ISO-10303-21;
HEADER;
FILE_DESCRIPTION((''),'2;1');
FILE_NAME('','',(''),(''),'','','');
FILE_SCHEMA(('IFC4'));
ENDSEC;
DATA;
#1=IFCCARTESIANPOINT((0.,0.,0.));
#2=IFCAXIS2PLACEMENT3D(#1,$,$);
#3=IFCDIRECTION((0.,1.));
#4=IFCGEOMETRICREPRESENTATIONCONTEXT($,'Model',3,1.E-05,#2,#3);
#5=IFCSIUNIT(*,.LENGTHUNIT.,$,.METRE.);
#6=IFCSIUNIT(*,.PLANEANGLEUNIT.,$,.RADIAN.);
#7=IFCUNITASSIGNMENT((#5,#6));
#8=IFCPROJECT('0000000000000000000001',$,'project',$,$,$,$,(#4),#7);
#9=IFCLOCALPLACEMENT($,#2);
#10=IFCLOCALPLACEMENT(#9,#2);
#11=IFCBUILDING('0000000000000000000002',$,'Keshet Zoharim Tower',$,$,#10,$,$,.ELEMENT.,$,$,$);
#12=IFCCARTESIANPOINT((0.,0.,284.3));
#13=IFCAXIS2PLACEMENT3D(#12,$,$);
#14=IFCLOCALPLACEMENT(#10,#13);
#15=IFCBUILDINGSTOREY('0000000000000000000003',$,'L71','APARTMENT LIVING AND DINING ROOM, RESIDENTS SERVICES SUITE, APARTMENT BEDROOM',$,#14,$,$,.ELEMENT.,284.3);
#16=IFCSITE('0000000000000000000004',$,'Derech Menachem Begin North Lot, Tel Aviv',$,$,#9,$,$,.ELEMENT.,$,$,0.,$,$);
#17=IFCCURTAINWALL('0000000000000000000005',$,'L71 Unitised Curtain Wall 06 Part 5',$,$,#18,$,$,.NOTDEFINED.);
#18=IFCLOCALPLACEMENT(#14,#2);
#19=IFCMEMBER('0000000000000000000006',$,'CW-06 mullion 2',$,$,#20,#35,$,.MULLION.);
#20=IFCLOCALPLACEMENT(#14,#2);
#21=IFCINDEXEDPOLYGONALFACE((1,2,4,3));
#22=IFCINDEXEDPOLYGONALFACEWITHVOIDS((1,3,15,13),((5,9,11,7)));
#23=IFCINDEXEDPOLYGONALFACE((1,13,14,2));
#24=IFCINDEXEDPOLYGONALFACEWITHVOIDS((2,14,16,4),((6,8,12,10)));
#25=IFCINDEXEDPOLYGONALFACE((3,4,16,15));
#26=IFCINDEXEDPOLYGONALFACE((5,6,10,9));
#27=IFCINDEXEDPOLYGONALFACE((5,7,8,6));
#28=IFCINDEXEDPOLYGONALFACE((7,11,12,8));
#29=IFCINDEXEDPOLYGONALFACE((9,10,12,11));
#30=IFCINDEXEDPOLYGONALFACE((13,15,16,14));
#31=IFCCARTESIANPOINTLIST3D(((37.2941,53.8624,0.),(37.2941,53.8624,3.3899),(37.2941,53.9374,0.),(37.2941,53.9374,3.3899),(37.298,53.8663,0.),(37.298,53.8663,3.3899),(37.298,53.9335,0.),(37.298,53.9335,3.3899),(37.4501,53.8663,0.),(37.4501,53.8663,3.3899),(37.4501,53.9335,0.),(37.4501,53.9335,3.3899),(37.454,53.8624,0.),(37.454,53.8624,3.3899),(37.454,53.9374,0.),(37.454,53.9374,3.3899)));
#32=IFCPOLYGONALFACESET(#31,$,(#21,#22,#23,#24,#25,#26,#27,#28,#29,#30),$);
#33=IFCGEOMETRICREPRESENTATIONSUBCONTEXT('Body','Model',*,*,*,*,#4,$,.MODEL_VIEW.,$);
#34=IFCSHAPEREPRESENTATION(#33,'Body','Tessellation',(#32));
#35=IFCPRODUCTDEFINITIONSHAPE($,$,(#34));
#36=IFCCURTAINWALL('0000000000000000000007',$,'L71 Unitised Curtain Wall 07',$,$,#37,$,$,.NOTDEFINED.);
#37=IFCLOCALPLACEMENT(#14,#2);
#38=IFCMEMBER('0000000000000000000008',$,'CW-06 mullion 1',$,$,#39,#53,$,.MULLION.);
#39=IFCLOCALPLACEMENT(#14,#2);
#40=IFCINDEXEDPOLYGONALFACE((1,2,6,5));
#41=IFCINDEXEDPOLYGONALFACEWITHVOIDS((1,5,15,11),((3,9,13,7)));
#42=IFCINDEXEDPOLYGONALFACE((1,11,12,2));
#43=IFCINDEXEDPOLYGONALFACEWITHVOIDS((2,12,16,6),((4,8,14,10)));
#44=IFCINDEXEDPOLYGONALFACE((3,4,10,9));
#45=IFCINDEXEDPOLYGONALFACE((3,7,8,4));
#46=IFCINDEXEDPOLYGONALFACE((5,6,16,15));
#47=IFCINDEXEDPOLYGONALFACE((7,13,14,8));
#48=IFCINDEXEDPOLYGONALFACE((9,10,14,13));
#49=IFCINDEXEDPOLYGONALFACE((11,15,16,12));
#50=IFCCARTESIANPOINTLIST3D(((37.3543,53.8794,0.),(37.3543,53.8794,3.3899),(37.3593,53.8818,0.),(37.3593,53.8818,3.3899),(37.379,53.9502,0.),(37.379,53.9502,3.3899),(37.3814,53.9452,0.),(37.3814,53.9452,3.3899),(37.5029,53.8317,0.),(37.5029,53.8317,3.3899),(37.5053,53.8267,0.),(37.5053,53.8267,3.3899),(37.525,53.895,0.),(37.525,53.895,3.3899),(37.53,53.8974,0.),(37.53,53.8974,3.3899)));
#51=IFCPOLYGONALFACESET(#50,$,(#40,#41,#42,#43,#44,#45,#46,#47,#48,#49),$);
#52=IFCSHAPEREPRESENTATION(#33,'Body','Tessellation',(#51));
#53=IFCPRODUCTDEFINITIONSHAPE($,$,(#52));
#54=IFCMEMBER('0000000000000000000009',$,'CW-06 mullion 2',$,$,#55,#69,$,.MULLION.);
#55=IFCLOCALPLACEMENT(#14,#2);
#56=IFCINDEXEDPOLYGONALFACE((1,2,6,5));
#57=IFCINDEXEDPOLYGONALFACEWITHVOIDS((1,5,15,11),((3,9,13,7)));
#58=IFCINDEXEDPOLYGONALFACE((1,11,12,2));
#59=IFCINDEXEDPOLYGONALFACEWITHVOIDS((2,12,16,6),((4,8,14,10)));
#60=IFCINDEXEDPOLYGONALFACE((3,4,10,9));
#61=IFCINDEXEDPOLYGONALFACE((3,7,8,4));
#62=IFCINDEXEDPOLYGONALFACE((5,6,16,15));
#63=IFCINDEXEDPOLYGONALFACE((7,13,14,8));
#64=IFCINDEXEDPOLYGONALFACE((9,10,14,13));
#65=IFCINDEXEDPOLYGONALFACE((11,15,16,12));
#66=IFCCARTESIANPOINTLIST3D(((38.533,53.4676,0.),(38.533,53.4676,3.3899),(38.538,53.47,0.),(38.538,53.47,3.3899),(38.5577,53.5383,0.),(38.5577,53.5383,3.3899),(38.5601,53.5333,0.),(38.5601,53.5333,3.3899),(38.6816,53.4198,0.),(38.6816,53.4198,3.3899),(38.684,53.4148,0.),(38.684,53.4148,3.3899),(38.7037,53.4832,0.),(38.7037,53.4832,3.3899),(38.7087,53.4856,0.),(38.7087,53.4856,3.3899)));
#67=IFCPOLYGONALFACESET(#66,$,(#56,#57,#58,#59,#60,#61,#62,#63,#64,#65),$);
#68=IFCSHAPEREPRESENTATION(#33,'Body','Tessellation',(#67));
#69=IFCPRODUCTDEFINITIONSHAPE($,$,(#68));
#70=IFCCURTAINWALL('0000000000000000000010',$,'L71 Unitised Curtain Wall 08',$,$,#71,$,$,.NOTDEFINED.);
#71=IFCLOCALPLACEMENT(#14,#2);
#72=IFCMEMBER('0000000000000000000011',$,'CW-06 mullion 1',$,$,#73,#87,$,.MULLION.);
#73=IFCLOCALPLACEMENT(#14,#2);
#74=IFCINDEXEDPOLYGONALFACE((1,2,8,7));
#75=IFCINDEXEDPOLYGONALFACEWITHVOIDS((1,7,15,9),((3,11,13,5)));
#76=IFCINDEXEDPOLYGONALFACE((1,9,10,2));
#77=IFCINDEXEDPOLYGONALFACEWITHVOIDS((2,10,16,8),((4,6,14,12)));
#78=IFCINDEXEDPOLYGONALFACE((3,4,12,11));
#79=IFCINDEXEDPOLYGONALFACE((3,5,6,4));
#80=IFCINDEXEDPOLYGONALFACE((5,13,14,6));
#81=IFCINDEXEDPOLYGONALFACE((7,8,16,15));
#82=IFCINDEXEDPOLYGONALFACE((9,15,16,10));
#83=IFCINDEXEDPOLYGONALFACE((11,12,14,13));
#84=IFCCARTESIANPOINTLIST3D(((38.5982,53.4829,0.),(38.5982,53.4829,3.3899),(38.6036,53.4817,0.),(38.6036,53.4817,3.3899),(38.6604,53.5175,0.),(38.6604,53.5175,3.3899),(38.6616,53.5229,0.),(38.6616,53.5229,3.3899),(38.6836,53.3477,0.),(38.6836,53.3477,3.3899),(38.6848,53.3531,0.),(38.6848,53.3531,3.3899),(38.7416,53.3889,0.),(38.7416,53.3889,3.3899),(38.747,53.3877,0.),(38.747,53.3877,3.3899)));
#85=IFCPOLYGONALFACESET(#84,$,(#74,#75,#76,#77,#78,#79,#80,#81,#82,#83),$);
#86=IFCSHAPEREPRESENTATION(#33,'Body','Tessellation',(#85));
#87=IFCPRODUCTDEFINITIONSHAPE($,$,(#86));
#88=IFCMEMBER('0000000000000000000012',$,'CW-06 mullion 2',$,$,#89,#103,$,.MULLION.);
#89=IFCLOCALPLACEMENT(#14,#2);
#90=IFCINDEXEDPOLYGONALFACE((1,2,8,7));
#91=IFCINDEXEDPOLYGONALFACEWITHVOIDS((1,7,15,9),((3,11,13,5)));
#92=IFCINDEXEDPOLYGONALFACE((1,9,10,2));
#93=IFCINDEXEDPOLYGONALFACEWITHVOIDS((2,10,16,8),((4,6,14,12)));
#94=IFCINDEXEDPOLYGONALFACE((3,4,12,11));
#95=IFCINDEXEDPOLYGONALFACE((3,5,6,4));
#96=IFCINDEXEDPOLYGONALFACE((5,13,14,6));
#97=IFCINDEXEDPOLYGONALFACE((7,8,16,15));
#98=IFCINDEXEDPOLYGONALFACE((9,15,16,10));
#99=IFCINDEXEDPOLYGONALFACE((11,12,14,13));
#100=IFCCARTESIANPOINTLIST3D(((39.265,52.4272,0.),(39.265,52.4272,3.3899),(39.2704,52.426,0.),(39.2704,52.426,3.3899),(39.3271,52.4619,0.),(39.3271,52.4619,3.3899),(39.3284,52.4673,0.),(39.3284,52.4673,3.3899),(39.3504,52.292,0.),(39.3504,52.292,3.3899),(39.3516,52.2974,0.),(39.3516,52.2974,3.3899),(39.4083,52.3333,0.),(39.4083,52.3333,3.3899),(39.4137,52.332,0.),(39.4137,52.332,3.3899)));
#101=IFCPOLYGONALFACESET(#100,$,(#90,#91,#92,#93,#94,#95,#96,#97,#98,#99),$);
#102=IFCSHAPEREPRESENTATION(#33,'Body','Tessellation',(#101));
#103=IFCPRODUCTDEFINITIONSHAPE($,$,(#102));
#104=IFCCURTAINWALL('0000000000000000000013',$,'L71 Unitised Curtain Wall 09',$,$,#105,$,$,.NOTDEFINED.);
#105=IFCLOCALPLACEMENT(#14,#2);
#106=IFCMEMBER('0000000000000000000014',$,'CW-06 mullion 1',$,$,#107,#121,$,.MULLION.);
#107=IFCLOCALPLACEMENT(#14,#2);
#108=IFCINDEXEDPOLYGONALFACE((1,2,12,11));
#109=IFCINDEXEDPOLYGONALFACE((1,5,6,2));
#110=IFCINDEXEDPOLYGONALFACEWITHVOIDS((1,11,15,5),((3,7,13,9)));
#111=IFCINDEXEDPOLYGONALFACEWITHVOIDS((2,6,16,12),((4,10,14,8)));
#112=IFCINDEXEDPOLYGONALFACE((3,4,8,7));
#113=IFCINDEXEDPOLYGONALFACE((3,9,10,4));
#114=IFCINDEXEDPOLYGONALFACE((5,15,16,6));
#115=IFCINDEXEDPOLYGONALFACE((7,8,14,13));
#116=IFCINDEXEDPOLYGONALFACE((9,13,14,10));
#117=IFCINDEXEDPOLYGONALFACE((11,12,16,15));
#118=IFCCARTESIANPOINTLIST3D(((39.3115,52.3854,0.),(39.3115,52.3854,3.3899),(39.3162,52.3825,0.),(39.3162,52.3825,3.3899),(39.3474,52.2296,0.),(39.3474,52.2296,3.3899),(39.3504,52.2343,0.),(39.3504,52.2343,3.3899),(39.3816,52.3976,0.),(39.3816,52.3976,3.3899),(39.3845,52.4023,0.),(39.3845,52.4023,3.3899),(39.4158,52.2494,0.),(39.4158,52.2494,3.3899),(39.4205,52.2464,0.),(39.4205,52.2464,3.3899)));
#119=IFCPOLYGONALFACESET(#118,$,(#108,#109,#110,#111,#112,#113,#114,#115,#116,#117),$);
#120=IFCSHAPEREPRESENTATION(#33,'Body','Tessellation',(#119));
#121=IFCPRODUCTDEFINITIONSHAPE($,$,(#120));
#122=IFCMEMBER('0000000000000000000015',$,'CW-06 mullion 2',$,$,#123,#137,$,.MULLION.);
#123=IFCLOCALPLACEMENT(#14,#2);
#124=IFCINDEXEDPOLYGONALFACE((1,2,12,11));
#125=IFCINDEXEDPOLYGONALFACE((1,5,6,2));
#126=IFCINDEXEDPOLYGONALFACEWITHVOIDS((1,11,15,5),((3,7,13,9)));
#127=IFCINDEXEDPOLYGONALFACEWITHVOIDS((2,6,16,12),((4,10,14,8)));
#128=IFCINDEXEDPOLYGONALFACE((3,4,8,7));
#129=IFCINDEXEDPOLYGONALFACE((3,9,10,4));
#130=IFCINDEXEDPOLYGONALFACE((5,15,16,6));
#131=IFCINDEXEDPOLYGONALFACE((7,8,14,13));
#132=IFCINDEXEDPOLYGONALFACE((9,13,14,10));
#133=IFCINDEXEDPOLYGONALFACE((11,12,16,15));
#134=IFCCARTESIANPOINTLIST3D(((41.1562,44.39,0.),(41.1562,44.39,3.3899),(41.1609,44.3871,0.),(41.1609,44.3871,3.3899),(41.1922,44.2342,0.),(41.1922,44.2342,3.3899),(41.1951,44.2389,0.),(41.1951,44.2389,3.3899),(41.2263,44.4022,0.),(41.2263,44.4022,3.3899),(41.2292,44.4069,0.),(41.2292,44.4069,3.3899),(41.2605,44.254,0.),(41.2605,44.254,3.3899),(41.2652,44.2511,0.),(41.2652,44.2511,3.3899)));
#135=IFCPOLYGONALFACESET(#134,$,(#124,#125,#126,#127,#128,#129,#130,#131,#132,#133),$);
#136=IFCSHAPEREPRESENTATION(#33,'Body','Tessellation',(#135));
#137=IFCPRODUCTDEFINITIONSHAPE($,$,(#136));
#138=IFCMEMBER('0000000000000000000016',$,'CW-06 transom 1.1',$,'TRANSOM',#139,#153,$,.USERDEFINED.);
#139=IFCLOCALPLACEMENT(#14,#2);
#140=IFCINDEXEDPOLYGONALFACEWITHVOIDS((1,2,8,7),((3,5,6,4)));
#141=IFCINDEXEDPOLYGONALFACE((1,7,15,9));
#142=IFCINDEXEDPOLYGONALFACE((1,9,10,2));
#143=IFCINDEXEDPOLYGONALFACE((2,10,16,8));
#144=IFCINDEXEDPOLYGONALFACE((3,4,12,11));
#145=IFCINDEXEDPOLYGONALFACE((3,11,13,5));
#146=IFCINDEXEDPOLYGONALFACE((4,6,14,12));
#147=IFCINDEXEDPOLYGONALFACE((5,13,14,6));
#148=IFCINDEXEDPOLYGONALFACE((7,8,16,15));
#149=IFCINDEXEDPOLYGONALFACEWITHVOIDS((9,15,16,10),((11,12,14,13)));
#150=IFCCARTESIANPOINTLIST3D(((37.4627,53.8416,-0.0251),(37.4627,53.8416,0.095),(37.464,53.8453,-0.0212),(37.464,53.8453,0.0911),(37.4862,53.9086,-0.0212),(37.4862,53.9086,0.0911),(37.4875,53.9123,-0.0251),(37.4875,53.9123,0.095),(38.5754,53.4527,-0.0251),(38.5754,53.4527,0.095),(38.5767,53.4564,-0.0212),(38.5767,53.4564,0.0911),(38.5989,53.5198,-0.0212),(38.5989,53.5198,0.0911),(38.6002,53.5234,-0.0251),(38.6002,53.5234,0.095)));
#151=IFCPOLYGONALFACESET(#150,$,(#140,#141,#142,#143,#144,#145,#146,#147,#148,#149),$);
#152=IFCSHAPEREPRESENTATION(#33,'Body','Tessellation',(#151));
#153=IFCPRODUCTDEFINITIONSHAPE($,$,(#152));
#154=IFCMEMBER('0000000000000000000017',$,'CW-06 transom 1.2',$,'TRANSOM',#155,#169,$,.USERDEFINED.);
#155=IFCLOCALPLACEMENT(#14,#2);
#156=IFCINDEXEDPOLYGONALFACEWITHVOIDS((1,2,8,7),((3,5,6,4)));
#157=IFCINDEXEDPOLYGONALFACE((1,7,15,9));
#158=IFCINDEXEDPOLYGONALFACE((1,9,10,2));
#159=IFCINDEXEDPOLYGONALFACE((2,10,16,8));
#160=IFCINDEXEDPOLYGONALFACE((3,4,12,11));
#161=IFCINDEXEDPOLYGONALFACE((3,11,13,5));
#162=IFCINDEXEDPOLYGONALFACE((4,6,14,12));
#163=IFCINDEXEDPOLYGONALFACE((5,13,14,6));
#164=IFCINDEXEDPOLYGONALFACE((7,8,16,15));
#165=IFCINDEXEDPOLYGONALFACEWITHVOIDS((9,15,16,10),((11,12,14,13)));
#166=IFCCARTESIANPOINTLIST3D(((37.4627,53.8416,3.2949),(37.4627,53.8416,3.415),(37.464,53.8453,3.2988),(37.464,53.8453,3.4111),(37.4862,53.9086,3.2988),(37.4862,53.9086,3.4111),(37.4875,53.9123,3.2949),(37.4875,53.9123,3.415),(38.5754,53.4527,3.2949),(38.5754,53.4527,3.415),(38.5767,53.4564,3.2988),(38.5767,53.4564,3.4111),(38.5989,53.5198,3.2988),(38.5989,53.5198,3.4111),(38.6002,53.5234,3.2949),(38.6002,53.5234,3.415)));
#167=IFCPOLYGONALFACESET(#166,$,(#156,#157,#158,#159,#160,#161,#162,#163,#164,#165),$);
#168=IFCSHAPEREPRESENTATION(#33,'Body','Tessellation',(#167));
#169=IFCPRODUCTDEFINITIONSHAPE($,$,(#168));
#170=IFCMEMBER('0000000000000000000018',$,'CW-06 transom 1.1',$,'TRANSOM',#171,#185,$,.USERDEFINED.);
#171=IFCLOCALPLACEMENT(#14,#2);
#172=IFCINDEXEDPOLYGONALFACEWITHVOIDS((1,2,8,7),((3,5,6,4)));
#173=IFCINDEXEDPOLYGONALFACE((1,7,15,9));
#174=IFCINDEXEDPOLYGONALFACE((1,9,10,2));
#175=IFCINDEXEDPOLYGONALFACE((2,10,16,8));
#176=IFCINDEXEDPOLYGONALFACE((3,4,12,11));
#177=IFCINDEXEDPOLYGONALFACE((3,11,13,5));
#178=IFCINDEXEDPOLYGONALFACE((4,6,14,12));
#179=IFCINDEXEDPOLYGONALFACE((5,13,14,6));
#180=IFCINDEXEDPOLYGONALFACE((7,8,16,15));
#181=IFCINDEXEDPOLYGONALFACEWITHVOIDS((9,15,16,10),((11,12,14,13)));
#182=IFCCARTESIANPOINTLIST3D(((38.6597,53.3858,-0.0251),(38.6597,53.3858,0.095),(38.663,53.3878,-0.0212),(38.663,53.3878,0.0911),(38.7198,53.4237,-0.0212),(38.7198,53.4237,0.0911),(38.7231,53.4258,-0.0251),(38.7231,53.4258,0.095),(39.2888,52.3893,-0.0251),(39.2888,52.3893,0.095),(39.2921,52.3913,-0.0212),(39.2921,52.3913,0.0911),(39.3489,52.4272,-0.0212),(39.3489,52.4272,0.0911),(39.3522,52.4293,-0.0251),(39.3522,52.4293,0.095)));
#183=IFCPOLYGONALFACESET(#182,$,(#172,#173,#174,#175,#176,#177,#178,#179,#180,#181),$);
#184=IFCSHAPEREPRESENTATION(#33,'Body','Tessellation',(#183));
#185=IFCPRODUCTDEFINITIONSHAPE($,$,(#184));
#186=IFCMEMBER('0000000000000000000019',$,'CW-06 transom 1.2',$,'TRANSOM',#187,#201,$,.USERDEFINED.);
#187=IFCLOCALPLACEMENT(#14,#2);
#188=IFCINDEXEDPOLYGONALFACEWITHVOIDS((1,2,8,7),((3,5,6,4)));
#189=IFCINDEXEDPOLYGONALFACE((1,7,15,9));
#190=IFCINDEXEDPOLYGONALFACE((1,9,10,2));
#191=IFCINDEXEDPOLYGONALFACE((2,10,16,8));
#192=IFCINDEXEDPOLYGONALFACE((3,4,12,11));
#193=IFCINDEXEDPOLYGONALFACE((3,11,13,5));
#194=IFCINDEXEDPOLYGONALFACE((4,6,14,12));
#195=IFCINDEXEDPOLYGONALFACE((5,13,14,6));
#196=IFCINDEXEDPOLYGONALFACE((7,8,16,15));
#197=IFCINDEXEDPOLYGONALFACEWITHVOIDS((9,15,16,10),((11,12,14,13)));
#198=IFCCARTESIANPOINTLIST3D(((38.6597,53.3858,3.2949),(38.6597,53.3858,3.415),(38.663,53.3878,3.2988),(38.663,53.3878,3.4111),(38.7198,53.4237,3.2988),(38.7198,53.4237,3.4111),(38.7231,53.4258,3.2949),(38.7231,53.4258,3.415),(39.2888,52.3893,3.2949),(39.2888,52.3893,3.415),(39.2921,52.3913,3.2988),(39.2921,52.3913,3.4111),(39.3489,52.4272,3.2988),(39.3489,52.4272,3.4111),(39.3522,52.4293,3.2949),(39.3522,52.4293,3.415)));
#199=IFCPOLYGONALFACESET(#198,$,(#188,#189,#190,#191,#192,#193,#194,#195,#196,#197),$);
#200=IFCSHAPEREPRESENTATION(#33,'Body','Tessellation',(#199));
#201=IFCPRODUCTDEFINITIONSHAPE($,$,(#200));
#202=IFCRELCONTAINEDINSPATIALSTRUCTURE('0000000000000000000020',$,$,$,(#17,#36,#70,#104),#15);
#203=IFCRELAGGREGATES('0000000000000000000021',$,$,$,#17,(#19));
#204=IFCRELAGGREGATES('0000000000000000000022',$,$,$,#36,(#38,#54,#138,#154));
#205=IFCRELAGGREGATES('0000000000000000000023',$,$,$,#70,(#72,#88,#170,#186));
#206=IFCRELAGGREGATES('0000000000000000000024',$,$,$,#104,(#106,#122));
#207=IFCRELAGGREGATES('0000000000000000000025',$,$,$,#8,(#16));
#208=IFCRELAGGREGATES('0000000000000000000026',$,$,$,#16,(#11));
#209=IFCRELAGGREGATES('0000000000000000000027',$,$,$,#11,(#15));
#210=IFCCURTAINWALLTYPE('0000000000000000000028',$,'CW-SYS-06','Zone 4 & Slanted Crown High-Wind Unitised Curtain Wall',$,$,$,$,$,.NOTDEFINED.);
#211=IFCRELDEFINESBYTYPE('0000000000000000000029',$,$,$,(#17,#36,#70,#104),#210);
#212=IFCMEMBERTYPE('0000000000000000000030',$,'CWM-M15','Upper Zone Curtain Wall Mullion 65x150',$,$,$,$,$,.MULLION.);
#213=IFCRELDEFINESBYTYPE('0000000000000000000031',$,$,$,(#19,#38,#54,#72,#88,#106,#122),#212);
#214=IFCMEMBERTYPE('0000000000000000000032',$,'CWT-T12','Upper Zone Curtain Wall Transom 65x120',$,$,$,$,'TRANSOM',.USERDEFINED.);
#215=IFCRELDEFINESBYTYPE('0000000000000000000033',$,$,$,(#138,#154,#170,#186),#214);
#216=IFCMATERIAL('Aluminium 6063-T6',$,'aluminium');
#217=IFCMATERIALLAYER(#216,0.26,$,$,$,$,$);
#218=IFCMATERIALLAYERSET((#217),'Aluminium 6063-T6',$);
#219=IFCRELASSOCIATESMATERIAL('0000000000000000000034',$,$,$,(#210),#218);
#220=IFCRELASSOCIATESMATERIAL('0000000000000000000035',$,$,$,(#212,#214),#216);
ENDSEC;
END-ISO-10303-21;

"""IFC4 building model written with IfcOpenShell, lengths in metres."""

from ifc_helpers import new_model, si_unit, direction, frame, origin, origin_2d, place, context, subcontext, project, spatial, hollow_rectangle, extrude, material, layer, layer_set, material_profile, profile_set, type_object, element, aggregate, save


model = new_model("IFC4")

# Units and contexts
model_context = context("Model", 3, precision=1e-05, world=origin(), true_north=direction((0.0, 1.0)))
body_context = subcontext(model_context, "Body", "Model", "MODEL_VIEW")
ifc_project = project(units=[si_unit("LENGTHUNIT", "METRE"), si_unit("PLANEANGLEUNIT", "RADIAN")], contexts=[model_context])

# Site, building, storey
site_placement = place(None, origin())
site = spatial("IfcSite", under=ifc_project, at=site_placement, Name="Derech Menachem Begin North Lot, Tel Aviv", CompositionType="ELEMENT", RefElevation=0.0)
building_placement = place(site_placement, origin())
building = spatial("IfcBuilding", under=site, at=building_placement, Name="Keshet Zoharim Tower", CompositionType="ELEMENT")
storey_placement = place(building_placement, frame((0.0, 0.0, 284.3)))
storey = spatial("IfcBuildingStorey", under=building, at=storey_placement, Name="L71", Description="APARTMENT LIVING AND DINING ROOM, RESIDENTS SERVICES SUITE, APARTMENT BEDROOM", CompositionType="ELEMENT", Elevation=284.3)

# Curtain wall, member
ifc_material_1 = material(Name="Aluminium 6063-T6", Category="aluminium")
ifc_layer_1 = layer(ifc_material_1, 0.26)
ifc_layer_set_1 = layer_set([ifc_layer_1], Name="Aluminium 6063-T6")
curtain_wall_type = type_object("IfcCurtainWallType", Name="CW-SYS-06", Description="Zone 4 & Slanted Crown High-Wind Unitised Curtain Wall", PredefinedType="NOTDEFINED", material=ifc_layer_set_1)
curtain_wall_1_placement = place(storey_placement, origin())
curtain_wall_1 = element("IfcCurtainWall", 1, at=curtain_wall_1_placement, inside=storey, type_object=curtain_wall_type, Name="L71 Unitised Curtain Wall 06 Part 5", PredefinedType="NOTDEFINED")
ifc_material_profile_1 = material_profile(ifc_material_1, hollow_rectangle(XDim=0.075, YDim=0.1599, WallThickness=0.0039, at=origin_2d()), Name="MUL-75x160")
ifc_profile_set_1 = profile_set([ifc_material_profile_1], Name="Aluminium 6063-T6")
member_type_1 = type_object("IfcMemberType", Name="CWM-M15", Description="Upper Zone Curtain Wall Mullion 65x150", PredefinedType="MULLION", material=ifc_profile_set_1)
member_1_placement = place(storey_placement, frame((37.374, 53.8999, 0.0), z_axis=(0.0, 0.0, 1.0), x_axis=(0.0, 1.0, 0.0)))
member_1 = element("IfcMember", 2, at=member_1_placement, type_object=member_type_1, Name="CW-06 mullion 2", PredefinedType="MULLION", context=body_context, shape_type="SweptSolid", body=[
    extrude(hollow_rectangle(XDim=0.075, YDim=0.1599, WallThickness=0.0039, at=origin_2d()), origin(), (0.0, 0.0, 1.0), 3.3899),
])
aggregate(curtain_wall_1, [member_1])

# Curtain walls, members
curtain_wall_2_placement = place(storey_placement, origin())
curtain_wall_2 = element("IfcCurtainWall", 3, at=curtain_wall_2_placement, inside=storey, type_object=curtain_wall_type, Name="L71 Unitised Curtain Wall 07", PredefinedType="NOTDEFINED")
member_2_placement = place(storey_placement, frame((37.4421, 53.8884, 0.0), z_axis=(0.0, 0.0, 1.0), x_axis=(0.329844, 0.944036, 0.0)))
member_2 = element("IfcMember", 4, at=member_2_placement, type_object=member_type_1, Name="CW-06 mullion 1", PredefinedType="MULLION", context=body_context, shape_type="SweptSolid", body=[
    extrude(hollow_rectangle(XDim=0.075, YDim=0.1599, WallThickness=0.0039, at=origin_2d()), origin(), (0.0, 0.0, 1.0), 3.3899),
])
member_3_placement = place(storey_placement, frame((38.6208, 53.4766, 0.0), z_axis=(0.0, 0.0, 1.0), x_axis=(0.329844, 0.944036, 0.0)))
member_3 = element("IfcMember", 5, at=member_3_placement, type_object=member_type_1, Name="CW-06 mullion 2", PredefinedType="MULLION", context=body_context, shape_type="SweptSolid", body=[
    extrude(hollow_rectangle(XDim=0.075, YDim=0.1599, WallThickness=0.0039, at=origin_2d()), origin(), (0.0, 0.0, 1.0), 3.3899),
])
curtain_wall_3_placement = place(storey_placement, origin())
curtain_wall_3 = element("IfcCurtainWall", 6, at=curtain_wall_3_placement, inside=storey, type_object=curtain_wall_type, Name="L71 Unitised Curtain Wall 08", PredefinedType="NOTDEFINED")
member_4_placement = place(storey_placement, frame((38.6726, 53.4353, 0.0), z_axis=(0.0, 0.0, 1.0), x_axis=(0.845561, 0.533879, 0.0)))
member_4 = element("IfcMember", 7, at=member_4_placement, type_object=member_type_1, Name="CW-06 mullion 1", PredefinedType="MULLION", context=body_context, shape_type="SweptSolid", body=[
    extrude(hollow_rectangle(XDim=0.075, YDim=0.1599, WallThickness=0.0039, at=origin_2d()), origin(), (0.0, 0.0, 1.0), 3.3899),
])
member_5_placement = place(storey_placement, frame((39.3394, 52.3796, 0.0), z_axis=(0.0, 0.0, 1.0), x_axis=(0.845561, 0.533879, 0.0)))
member_5 = element("IfcMember", 8, at=member_5_placement, type_object=member_type_1, Name="CW-06 mullion 2", PredefinedType="MULLION", context=body_context, shape_type="SweptSolid", body=[
    extrude(hollow_rectangle(XDim=0.075, YDim=0.1599, WallThickness=0.0039, at=origin_2d()), origin(), (0.0, 0.0, 1.0), 3.3899),
])
curtain_wall_4_placement = place(storey_placement, origin())
curtain_wall_4 = element("IfcCurtainWall", 9, at=curtain_wall_4_placement, inside=storey, type_object=curtain_wall_type, Name="L71 Unitised Curtain Wall 09", PredefinedType="NOTDEFINED")
member_6_placement = place(storey_placement, frame((39.366, 52.3159, 0.0), z_axis=(0.0, 0.0, 1.0), x_axis=(0.974398, 0.22483, 0.0)))
member_6 = element("IfcMember", 10, at=member_6_placement, type_object=member_type_1, Name="CW-06 mullion 1", PredefinedType="MULLION", context=body_context, shape_type="SweptSolid", body=[
    extrude(hollow_rectangle(XDim=0.075, YDim=0.1599, WallThickness=0.0039, at=origin_2d()), origin(), (0.0, 0.0, 1.0), 3.3899),
])
member_7_placement = place(storey_placement, frame((41.2107, 44.3206, 0.0), z_axis=(0.0, 0.0, 1.0), x_axis=(0.974398, 0.22483, 0.0)))
member_7 = element("IfcMember", 11, at=member_7_placement, type_object=member_type_1, Name="CW-06 mullion 2", PredefinedType="MULLION", context=body_context, shape_type="SweptSolid", body=[
    extrude(hollow_rectangle(XDim=0.075, YDim=0.1599, WallThickness=0.0039, at=origin_2d()), origin(), (0.0, 0.0, 1.0), 3.3899),
])

# Members
ifc_material_profile_2 = material_profile(ifc_material_1, hollow_rectangle(XDim=0.075, YDim=0.1201, WallThickness=0.0039, at=origin_2d()), Name="TRN-75x120")
ifc_profile_set_2 = profile_set([ifc_material_profile_2], Name="Aluminium 6063-T6")
member_type_2 = type_object("IfcMemberType", Name="CWT-T12", Description="Upper Zone Curtain Wall Transom 65x120", ElementType="TRANSOM", PredefinedType="USERDEFINED", material=ifc_profile_set_2)
member_8_placement = place(storey_placement, frame((37.4751, 53.877, 0.0349), z_axis=(0.944007, -0.329926, 0.0), x_axis=(0.329926, 0.944007, 0.0)))
member_8 = element("IfcMember", 12, at=member_8_placement, type_object=member_type_2, Name="CW-06 transom 1.1", ObjectType="TRANSOM", PredefinedType="USERDEFINED", context=body_context, shape_type="SweptSolid", body=[
    extrude(hollow_rectangle(XDim=0.075, YDim=0.1201, WallThickness=0.0039, at=origin_2d()), origin(), (0.0, 0.0, 1.0), 1.1787),
])
member_9_placement = place(storey_placement, frame((37.4751, 53.877, 3.355), z_axis=(0.944007, -0.329926, 0.0), x_axis=(0.329926, 0.944007, 0.0)))
member_9 = element("IfcMember", 13, at=member_9_placement, type_object=member_type_2, Name="CW-06 transom 1.2", ObjectType="TRANSOM", PredefinedType="USERDEFINED", context=body_context, shape_type="SweptSolid", body=[
    extrude(hollow_rectangle(XDim=0.075, YDim=0.1201, WallThickness=0.0039, at=origin_2d()), origin(), (0.0, 0.0, 1.0), 1.1787),
])
member_10_placement = place(storey_placement, frame((38.6914, 53.4058, 0.0349), z_axis=(0.533829, -0.845592, 0.0), x_axis=(0.845592, 0.533829, 0.0)))
member_10 = element("IfcMember", 14, at=member_10_placement, type_object=member_type_2, Name="CW-06 transom 1.1", ObjectType="TRANSOM", PredefinedType="USERDEFINED", context=body_context, shape_type="SweptSolid", body=[
    extrude(hollow_rectangle(XDim=0.075, YDim=0.1201, WallThickness=0.0039, at=origin_2d()), origin(), (0.0, 0.0, 1.0), 1.1785),
])
member_11_placement = place(storey_placement, frame((38.6914, 53.4058, 3.355), z_axis=(0.533829, -0.845592, 0.0), x_axis=(0.845592, 0.533829, 0.0)))
member_11 = element("IfcMember", 15, at=member_11_placement, type_object=member_type_2, Name="CW-06 transom 1.2", ObjectType="TRANSOM", PredefinedType="USERDEFINED", context=body_context, shape_type="SweptSolid", body=[
    extrude(hollow_rectangle(XDim=0.075, YDim=0.1201, WallThickness=0.0039, at=origin_2d()), origin(), (0.0, 0.0, 1.0), 1.1785),
])

aggregate(curtain_wall_2, [member_2, member_3, member_8, member_9])
aggregate(curtain_wall_3, [member_4, member_5, member_10, member_11])
aggregate(curtain_wall_4, [member_6, member_7])

save(model, "model.ifc")
